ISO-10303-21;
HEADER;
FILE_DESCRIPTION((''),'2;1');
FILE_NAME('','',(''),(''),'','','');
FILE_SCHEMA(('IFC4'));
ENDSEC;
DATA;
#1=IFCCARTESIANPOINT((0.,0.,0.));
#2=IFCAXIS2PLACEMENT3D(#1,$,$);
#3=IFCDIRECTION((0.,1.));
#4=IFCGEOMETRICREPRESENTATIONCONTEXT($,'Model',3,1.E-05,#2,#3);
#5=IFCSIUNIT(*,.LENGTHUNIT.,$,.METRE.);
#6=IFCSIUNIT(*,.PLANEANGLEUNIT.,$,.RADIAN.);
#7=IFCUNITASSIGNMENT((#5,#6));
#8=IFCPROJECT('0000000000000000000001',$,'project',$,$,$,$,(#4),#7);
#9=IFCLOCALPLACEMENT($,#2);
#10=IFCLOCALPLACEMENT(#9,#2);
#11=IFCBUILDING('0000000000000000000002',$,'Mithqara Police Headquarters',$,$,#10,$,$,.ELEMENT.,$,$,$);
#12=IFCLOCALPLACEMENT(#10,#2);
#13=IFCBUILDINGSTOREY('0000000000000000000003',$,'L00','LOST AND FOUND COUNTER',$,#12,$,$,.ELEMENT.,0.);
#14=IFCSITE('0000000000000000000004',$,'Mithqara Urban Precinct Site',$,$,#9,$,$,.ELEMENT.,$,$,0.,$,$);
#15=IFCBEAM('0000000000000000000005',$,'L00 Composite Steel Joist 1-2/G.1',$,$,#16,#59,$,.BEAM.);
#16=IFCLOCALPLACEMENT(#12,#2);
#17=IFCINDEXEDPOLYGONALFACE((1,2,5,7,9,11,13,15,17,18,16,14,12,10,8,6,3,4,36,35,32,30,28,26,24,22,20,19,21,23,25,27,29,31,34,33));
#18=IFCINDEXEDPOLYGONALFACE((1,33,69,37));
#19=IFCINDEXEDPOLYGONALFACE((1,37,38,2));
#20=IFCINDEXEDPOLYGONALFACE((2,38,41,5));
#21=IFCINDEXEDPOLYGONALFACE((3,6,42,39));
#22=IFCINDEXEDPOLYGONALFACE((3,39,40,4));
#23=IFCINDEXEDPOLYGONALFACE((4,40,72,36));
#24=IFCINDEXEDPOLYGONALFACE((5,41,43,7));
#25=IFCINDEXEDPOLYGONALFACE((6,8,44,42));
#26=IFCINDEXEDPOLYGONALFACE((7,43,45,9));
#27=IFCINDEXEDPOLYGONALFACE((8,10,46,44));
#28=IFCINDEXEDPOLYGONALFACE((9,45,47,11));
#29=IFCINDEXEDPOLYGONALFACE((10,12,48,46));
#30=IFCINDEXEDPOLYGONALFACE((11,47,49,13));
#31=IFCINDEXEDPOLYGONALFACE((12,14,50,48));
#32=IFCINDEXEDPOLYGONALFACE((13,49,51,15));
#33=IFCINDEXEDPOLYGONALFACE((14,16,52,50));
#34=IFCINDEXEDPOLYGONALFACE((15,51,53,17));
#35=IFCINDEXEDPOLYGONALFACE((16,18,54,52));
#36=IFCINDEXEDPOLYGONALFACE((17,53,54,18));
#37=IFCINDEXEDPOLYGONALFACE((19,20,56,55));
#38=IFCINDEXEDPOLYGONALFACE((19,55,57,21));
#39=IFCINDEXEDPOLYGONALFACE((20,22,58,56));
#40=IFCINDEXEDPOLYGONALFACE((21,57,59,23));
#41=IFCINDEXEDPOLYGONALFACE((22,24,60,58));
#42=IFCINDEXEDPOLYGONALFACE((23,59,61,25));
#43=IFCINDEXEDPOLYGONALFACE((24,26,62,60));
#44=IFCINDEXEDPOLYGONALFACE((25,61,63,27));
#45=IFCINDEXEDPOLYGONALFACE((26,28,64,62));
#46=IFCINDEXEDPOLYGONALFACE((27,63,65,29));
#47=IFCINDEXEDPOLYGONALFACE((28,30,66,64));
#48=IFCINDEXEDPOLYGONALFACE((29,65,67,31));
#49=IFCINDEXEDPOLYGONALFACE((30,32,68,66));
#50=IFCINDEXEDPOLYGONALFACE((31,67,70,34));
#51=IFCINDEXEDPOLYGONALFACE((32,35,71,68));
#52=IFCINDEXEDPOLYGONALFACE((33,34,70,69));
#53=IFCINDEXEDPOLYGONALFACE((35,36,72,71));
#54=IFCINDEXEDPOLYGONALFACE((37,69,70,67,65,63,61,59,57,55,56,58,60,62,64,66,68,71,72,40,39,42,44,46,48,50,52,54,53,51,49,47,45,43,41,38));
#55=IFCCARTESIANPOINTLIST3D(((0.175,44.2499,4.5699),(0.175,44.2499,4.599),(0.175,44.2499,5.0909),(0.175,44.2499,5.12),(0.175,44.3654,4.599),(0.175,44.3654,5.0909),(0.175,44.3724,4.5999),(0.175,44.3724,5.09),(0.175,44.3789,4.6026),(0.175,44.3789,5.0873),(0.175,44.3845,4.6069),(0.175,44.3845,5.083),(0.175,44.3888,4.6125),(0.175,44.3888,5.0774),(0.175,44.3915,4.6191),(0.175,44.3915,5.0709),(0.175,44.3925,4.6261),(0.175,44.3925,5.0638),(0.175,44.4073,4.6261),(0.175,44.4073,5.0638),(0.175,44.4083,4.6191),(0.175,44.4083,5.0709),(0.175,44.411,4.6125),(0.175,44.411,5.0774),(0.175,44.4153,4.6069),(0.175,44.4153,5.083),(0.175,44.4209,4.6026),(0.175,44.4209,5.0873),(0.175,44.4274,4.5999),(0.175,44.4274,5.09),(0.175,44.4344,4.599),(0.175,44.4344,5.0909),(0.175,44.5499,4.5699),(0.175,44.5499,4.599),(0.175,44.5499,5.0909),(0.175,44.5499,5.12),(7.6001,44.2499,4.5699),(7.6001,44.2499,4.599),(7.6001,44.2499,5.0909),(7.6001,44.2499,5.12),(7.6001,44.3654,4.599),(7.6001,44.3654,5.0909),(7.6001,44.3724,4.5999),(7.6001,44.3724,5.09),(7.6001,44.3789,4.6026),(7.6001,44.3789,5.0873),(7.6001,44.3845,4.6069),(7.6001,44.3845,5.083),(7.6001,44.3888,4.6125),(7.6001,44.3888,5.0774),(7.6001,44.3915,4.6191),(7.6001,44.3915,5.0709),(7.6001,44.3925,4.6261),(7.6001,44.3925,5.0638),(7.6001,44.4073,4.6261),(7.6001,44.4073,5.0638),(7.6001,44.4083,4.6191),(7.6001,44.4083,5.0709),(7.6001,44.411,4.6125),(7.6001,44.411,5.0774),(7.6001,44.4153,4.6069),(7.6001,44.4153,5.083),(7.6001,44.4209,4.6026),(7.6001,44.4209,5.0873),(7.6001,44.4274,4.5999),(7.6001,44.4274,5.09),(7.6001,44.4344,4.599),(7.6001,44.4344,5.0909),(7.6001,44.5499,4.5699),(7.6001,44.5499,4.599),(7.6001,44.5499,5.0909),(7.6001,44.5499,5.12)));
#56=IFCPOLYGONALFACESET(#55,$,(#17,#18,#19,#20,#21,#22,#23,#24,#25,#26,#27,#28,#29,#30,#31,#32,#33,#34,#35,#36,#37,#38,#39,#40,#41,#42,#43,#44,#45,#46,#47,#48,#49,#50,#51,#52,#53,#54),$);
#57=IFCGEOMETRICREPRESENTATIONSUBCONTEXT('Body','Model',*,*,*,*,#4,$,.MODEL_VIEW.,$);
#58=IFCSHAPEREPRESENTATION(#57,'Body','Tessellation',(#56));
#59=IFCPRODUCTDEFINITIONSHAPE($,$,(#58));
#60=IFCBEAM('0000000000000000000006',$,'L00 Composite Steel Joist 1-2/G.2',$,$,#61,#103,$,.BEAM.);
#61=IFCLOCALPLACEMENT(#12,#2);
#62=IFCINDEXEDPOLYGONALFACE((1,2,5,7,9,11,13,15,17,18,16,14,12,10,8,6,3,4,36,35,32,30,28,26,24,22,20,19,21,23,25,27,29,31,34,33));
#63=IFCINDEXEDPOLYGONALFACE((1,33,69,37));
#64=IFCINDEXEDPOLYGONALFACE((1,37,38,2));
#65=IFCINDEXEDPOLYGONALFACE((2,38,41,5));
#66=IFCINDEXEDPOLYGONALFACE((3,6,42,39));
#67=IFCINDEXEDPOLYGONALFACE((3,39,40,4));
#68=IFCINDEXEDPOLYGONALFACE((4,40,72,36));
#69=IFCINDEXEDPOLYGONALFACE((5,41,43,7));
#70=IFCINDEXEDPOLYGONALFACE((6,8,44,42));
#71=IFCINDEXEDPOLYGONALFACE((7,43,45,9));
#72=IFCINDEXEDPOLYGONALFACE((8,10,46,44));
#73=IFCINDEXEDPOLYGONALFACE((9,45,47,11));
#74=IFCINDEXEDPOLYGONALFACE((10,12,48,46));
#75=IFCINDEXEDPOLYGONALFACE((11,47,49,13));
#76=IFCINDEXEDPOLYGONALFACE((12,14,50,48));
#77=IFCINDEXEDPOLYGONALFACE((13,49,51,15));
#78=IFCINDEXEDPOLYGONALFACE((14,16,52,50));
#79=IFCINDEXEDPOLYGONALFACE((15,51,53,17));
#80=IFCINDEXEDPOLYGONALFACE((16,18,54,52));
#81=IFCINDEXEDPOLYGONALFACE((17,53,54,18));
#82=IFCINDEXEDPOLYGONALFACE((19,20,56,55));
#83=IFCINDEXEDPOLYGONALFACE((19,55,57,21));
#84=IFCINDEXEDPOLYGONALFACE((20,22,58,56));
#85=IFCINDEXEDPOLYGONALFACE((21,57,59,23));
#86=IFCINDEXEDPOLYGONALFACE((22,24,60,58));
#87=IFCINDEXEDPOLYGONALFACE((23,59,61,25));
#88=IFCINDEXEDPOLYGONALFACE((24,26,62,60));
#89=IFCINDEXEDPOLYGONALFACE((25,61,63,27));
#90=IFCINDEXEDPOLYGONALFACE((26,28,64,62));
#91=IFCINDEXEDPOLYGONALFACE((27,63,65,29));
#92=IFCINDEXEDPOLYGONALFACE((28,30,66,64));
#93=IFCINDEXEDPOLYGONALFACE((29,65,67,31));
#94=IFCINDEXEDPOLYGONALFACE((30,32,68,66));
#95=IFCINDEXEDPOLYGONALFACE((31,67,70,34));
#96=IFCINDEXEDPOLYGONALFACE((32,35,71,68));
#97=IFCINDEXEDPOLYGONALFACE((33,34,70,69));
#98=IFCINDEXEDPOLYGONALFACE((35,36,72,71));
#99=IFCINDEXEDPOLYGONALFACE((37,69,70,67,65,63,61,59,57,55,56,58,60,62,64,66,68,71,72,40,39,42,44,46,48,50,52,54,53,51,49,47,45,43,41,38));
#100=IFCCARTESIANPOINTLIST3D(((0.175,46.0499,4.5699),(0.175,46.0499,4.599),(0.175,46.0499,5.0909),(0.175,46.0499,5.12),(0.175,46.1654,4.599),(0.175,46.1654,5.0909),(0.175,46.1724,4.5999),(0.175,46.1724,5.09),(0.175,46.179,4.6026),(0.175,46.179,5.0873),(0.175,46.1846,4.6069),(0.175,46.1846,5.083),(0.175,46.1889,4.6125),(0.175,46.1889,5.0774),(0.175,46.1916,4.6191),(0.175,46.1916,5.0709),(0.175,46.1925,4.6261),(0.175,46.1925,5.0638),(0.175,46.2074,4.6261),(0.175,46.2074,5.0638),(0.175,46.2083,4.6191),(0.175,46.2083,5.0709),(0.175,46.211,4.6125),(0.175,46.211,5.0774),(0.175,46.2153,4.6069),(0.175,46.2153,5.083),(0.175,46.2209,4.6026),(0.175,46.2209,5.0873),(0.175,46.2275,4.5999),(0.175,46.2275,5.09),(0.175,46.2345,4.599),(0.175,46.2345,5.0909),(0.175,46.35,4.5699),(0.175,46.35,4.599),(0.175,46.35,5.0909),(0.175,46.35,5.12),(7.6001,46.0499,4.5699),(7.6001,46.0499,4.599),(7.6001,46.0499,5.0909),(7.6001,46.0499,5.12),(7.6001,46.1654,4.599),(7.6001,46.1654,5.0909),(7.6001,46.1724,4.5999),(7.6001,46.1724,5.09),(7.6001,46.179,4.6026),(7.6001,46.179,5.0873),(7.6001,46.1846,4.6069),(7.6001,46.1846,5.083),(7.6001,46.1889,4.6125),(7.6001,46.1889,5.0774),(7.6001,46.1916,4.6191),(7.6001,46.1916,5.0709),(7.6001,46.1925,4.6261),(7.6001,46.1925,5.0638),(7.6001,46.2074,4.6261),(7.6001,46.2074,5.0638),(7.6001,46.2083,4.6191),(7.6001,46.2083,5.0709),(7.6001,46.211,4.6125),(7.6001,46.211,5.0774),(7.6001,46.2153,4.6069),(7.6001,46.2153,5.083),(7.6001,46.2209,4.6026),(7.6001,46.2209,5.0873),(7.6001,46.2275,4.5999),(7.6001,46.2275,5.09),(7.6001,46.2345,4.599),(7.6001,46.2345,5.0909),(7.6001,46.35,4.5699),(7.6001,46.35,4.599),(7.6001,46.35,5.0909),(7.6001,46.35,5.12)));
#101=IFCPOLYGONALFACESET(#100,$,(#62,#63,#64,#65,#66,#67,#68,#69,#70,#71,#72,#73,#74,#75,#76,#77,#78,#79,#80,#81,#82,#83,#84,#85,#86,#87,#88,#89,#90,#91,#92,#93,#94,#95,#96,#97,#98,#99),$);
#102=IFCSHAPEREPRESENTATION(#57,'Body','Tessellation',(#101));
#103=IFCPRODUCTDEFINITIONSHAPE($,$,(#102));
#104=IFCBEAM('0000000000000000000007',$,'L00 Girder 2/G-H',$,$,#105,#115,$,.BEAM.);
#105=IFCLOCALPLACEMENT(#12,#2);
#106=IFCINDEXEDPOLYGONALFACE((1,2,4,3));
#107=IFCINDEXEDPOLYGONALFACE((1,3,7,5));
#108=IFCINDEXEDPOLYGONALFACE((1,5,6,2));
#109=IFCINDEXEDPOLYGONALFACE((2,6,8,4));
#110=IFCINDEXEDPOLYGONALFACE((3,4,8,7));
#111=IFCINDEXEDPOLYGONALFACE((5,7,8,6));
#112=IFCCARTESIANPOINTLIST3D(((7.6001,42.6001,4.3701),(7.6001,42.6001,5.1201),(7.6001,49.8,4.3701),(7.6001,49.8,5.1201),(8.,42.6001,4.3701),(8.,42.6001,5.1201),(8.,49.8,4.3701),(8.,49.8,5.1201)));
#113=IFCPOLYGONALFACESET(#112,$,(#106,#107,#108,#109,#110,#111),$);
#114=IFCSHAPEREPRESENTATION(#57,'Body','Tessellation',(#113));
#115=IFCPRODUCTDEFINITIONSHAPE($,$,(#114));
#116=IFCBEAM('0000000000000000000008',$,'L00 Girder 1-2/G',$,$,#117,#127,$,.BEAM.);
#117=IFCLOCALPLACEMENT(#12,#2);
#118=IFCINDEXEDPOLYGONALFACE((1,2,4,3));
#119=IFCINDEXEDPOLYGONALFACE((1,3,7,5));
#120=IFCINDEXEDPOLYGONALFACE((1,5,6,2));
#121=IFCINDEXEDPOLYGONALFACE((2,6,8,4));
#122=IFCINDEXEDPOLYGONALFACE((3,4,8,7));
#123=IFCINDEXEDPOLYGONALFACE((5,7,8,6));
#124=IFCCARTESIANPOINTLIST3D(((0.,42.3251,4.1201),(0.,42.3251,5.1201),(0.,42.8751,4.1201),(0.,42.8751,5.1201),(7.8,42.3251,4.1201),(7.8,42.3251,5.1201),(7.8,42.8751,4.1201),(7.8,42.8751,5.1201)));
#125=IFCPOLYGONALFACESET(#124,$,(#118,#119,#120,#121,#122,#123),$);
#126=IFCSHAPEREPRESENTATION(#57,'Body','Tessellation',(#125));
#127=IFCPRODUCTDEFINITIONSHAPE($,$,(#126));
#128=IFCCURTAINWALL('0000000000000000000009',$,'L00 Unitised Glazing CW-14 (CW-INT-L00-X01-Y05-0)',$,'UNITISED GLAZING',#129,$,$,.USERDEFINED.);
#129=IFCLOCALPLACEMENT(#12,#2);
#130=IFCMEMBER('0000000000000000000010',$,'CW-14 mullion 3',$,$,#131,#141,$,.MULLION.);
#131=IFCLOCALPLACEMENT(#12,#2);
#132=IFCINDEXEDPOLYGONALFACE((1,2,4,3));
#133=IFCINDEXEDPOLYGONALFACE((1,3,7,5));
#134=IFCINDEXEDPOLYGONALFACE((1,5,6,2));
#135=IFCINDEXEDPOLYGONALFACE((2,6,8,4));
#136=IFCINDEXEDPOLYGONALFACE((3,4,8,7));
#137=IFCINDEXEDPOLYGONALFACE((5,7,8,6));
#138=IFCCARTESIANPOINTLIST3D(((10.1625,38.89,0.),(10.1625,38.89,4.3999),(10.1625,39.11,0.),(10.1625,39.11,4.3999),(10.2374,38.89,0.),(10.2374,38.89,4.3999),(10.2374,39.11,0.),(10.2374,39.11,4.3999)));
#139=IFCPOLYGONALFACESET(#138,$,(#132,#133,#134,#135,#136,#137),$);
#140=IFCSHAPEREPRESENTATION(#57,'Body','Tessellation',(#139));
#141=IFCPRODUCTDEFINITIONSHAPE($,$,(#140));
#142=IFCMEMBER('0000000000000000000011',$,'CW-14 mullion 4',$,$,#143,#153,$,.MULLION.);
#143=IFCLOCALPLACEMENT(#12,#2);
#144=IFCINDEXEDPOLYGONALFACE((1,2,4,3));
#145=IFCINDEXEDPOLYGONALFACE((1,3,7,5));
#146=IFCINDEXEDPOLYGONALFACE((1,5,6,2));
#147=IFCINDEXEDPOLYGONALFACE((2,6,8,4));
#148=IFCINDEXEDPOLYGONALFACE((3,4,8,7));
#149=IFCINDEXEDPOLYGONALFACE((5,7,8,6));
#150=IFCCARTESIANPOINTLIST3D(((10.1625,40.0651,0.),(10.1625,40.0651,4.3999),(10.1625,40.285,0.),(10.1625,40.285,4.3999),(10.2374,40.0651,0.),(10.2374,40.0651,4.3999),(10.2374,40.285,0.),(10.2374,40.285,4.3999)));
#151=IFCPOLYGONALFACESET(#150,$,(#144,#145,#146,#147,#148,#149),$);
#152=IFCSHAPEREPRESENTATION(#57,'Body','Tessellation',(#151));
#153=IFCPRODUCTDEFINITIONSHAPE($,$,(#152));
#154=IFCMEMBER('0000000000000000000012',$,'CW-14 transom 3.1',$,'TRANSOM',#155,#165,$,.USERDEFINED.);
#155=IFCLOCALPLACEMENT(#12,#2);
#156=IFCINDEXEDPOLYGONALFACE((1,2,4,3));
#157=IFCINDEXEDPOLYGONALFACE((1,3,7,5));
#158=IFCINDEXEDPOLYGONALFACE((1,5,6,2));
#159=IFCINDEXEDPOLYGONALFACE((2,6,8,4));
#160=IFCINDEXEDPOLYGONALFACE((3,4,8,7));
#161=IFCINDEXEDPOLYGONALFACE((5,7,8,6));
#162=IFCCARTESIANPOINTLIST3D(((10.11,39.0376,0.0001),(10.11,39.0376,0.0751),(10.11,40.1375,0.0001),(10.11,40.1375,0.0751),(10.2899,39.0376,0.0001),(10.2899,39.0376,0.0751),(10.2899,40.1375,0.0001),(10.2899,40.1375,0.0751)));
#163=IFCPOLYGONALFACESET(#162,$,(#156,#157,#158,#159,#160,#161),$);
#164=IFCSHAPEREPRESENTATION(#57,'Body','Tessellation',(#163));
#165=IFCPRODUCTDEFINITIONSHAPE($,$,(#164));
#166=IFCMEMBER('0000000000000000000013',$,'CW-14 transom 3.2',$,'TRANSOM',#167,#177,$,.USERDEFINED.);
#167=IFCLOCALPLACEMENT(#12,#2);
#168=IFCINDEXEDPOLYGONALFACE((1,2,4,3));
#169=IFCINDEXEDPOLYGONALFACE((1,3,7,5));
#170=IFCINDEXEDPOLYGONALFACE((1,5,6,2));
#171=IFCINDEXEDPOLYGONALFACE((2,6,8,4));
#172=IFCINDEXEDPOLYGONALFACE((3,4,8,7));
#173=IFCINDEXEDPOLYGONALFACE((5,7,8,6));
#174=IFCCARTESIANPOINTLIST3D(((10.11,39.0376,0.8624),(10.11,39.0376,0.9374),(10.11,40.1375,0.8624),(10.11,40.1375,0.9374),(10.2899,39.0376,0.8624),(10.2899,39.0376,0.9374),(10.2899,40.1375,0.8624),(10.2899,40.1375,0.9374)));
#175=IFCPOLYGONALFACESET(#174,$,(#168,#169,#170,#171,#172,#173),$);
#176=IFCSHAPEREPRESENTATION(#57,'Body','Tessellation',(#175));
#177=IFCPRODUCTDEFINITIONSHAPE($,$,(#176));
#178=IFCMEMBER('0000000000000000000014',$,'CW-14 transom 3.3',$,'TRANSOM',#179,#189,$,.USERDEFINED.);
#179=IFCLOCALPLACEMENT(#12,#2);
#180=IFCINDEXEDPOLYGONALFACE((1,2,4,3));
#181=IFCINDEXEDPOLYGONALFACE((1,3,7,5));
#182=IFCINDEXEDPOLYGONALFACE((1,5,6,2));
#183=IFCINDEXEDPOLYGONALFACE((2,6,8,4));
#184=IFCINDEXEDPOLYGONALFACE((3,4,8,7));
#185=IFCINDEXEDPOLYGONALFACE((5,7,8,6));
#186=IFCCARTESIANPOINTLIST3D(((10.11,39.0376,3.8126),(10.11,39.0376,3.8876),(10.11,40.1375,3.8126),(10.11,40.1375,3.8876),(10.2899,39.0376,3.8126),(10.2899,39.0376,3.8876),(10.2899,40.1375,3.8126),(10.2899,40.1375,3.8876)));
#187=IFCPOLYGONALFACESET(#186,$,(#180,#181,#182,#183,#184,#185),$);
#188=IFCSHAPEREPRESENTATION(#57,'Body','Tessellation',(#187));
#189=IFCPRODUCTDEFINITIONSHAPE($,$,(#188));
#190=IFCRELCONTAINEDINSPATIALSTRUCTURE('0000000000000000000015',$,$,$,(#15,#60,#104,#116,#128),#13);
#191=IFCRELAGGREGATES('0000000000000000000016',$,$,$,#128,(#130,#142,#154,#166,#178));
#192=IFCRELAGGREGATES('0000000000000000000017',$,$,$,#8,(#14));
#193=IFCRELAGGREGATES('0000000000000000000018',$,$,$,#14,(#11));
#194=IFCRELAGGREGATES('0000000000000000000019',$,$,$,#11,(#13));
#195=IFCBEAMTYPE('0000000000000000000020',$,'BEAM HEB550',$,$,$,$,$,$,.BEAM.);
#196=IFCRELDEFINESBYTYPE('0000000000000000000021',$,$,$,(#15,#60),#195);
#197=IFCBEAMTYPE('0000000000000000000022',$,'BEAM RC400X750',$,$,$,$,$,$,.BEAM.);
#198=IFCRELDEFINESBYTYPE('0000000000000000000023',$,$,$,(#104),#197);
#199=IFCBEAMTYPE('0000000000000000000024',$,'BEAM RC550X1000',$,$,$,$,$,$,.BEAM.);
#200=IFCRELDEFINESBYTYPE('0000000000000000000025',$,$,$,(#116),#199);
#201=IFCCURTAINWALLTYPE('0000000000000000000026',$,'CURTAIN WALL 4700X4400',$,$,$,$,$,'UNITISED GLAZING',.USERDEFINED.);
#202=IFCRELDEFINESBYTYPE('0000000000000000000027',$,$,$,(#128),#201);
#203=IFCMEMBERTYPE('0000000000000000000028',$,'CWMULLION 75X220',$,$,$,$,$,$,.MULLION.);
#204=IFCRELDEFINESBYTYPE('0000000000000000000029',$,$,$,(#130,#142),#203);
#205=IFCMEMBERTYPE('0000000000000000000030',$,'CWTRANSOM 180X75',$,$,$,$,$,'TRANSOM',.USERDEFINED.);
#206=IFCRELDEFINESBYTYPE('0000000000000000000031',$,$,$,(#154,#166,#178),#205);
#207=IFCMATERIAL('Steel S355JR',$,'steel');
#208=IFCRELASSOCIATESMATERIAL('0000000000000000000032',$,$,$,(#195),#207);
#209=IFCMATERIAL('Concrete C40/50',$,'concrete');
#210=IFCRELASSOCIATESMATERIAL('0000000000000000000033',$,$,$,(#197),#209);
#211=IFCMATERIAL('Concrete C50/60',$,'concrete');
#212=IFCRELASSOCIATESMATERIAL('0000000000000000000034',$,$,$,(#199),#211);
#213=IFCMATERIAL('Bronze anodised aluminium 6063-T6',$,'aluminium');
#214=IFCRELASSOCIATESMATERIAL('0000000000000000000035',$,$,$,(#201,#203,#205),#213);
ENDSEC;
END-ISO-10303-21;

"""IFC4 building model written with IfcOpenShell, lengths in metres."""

from ifc_helpers import new_model, si_unit, direction, frame, origin, origin_2d, place, context, subcontext, project, spatial, rectangle, i_section, extrude, material, material_profile, profile_set, type_object, element, aggregate, save


model = new_model("IFC4")

# Units and contexts
model_context = context("Model", 3, precision=1e-05, world=origin(), true_north=direction((0.0, 1.0)))
body_context = subcontext(model_context, "Body", "Model", "MODEL_VIEW")
ifc_project = project(units=[si_unit("LENGTHUNIT", "METRE"), si_unit("PLANEANGLEUNIT", "RADIAN")], contexts=[model_context])

# Site, building, storey
site_placement = place(None, origin())
site = spatial("IfcSite", under=ifc_project, at=site_placement, Name="Mithqara Urban Precinct Site", CompositionType="ELEMENT", RefElevation=0.0)
building_placement = place(site_placement, origin())
building = spatial("IfcBuilding", under=site, at=building_placement, Name="Mithqara Police Headquarters", CompositionType="ELEMENT")
storey_placement = place(building_placement, origin())
storey = spatial("IfcBuildingStorey", under=building, at=storey_placement, Name="L00", Description="LOST AND FOUND COUNTER", CompositionType="ELEMENT", Elevation=0.0)

# Shared definitions
ifc_material_1 = material(Name="Concrete C40/50", Category="concrete")

# Shared definitions
ifc_material_2 = material(Name="Concrete C50/60", Category="concrete")

# Beams
ifc_material_3 = material(Name="Steel S355JR", Category="steel")
ifc_material_profile_1 = material_profile(ifc_material_3, i_section(OverallWidth=0.3, OverallDepth=0.55, WebThickness=0.0149, FlangeThickness=0.0291, FilletRadius=0.0271, at=origin_2d()), Name="HEB 550")
ifc_profile_set_1 = profile_set([ifc_material_profile_1], Name="Steel S355JR")
beam_type_1 = type_object("IfcBeamType", Name="BEAM HEB550", PredefinedType="BEAM", material=ifc_profile_set_1)
for number, where, z_axis, x_axis, name in (
    (1, (0.175, 44.3999, 4.845), (1.0, 0.0, 0.0), (0.0, 1.0, 0.0), "L00 Composite Steel Joist 1-2/G.1"),
    (2, (0.175, 46.2, 4.845), (1.0, 0.0, 0.0), (0.0, 1.0, 0.0), "L00 Composite Steel Joist 1-2/G.2"),
):
    element("IfcBeam", number, at=place(storey_placement, frame(where, z_axis=z_axis, x_axis=x_axis)), inside=storey, type_object=beam_type_1, Name=name, PredefinedType="BEAM", context=body_context, shape_type="SweptSolid", body=[
        extrude(i_section(OverallWidth=0.3, OverallDepth=0.55, WebThickness=0.0149, FlangeThickness=0.0291, FilletRadius=0.0271, at=origin_2d()), origin(), (0.0, 0.0, 1.0), 7.425),
    ])
ifc_material_profile_2 = material_profile(ifc_material_1, rectangle(XDim=0.3999, YDim=0.75, at=origin_2d()), Name="RC 400x750")
ifc_profile_set_2 = profile_set([ifc_material_profile_2], Name="Concrete C40/50")
beam_type_2 = type_object("IfcBeamType", Name="BEAM RC400X750", PredefinedType="BEAM", material=ifc_profile_set_2)
beam_1_placement = place(storey_placement, frame((7.8, 42.6001, 4.7451), z_axis=(0.0, 1.0, 0.0), x_axis=(-1.0, 0.0, 0.0)))
element("IfcBeam", 3, at=beam_1_placement, inside=storey, type_object=beam_type_2, Name="L00 Girder 2/G-H", PredefinedType="BEAM", context=body_context, shape_type="SweptSolid", body=[
    extrude(rectangle(XDim=0.3999, YDim=0.75, at=origin_2d()), origin(), (0.0, 0.0, 1.0), 7.2),
])
ifc_material_profile_3 = material_profile(ifc_material_2, rectangle(XDim=0.55, YDim=1.0, at=origin_2d()), Name="RC 550x1000")
ifc_profile_set_3 = profile_set([ifc_material_profile_3], Name="Concrete C50/60")
beam_type_3 = type_object("IfcBeamType", Name="BEAM RC550X1000", PredefinedType="BEAM", material=ifc_profile_set_3)
beam_2_placement = place(storey_placement, frame((0.0, 42.6001, 4.6201), z_axis=(1.0, 0.0, 0.0), x_axis=(0.0, 1.0, 0.0)))
element("IfcBeam", 4, at=beam_2_placement, inside=storey, type_object=beam_type_3, Name="L00 Girder 1-2/G", PredefinedType="BEAM", context=body_context, shape_type="SweptSolid", body=[
    extrude(rectangle(XDim=0.55, YDim=1.0, at=origin_2d()), origin(), (0.0, 0.0, 1.0), 7.8),
])

# Curtain wall, members
ifc_material_4 = material(Name="Bronze anodised aluminium 6063-T6", Category="aluminium")
curtain_wall_type = type_object("IfcCurtainWallType", Name="CURTAIN WALL 4700X4400", ElementType="UNITISED GLAZING", PredefinedType="USERDEFINED", material=ifc_material_4)
curtain_wall_placement = place(storey_placement, origin())
curtain_wall = element("IfcCurtainWall", 5, at=curtain_wall_placement, inside=storey, type_object=curtain_wall_type, Name="L00 Unitised Glazing CW-14 (CW-INT-L00-X01-Y05-0)", ObjectType="UNITISED GLAZING", PredefinedType="USERDEFINED")
ifc_material_profile_4 = material_profile(ifc_material_4, rectangle(XDim=0.075, YDim=0.22, at=origin_2d()), Name="CWM 75x220")
ifc_profile_set_4 = profile_set([ifc_material_profile_4], Name="Bronze anodised aluminium 6063-T6")
member_type_1 = type_object("IfcMemberType", Name="CWMULLION 75X220", PredefinedType="MULLION", material=ifc_profile_set_4)
member_1_placement = place(storey_placement, frame((10.2, 39.0, 0.0), z_axis=(0.0, 0.0, 1.0), x_axis=(-1.0, 0.0, 0.0)))
member_1 = element("IfcMember", 6, at=member_1_placement, type_object=member_type_1, Name="CW-14 mullion 3", PredefinedType="MULLION", context=body_context, shape_type="SweptSolid", body=[
    extrude(rectangle(XDim=0.075, YDim=0.22, at=origin_2d()), origin(), (0.0, 0.0, 1.0), 4.3999),
])
member_2_placement = place(storey_placement, frame((10.2, 40.175, 0.0), z_axis=(0.0, 0.0, 1.0), x_axis=(-1.0, 0.0, 0.0)))
member_2 = element("IfcMember", 7, at=member_2_placement, type_object=member_type_1, Name="CW-14 mullion 4", PredefinedType="MULLION", context=body_context, shape_type="SweptSolid", body=[
    extrude(rectangle(XDim=0.075, YDim=0.22, at=origin_2d()), origin(), (0.0, 0.0, 1.0), 4.3999),
])
ifc_material_profile_5 = material_profile(ifc_material_4, rectangle(XDim=0.1799, YDim=0.075, at=origin_2d()), Name="CWT 180x75")
ifc_profile_set_5 = profile_set([ifc_material_profile_5], Name="Bronze anodised aluminium 6063-T6")
member_type_2 = type_object("IfcMemberType", Name="CWTRANSOM 180X75", ElementType="TRANSOM", PredefinedType="USERDEFINED", material=ifc_profile_set_5)
member_3_placement = place(storey_placement, frame((10.2, 39.0376, 0.0376), z_axis=(0.0, 1.0, 0.0), x_axis=(-1.0, 0.0, 0.0)))
member_3 = element("IfcMember", 8, at=member_3_placement, type_object=member_type_2, Name="CW-14 transom 3.1", ObjectType="TRANSOM", PredefinedType="USERDEFINED", context=body_context, shape_type="SweptSolid", body=[
    extrude(rectangle(XDim=0.1799, YDim=0.075, at=origin_2d()), origin(), (0.0, 0.0, 1.0), 1.0999),
])
member_4_placement = place(storey_placement, frame((10.2, 39.0376, 0.8999), z_axis=(0.0, 1.0, 0.0), x_axis=(-1.0, 0.0, 0.0)))
member_4 = element("IfcMember", 9, at=member_4_placement, type_object=member_type_2, Name="CW-14 transom 3.2", ObjectType="TRANSOM", PredefinedType="USERDEFINED", context=body_context, shape_type="SweptSolid", body=[
    extrude(rectangle(XDim=0.1799, YDim=0.075, at=origin_2d()), origin(), (0.0, 0.0, 1.0), 1.0999),
])
member_5_placement = place(storey_placement, frame((10.2, 39.0376, 3.8501), z_axis=(0.0, 1.0, 0.0), x_axis=(-1.0, 0.0, 0.0)))
member_5 = element("IfcMember", 10, at=member_5_placement, type_object=member_type_2, Name="CW-14 transom 3.3", ObjectType="TRANSOM", PredefinedType="USERDEFINED", context=body_context, shape_type="SweptSolid", body=[
    extrude(rectangle(XDim=0.1799, YDim=0.075, at=origin_2d()), origin(), (0.0, 0.0, 1.0), 1.0999),
])

aggregate(curtain_wall, [member_1, member_2, member_3, member_4, member_5])

save(model, "model.ifc")
